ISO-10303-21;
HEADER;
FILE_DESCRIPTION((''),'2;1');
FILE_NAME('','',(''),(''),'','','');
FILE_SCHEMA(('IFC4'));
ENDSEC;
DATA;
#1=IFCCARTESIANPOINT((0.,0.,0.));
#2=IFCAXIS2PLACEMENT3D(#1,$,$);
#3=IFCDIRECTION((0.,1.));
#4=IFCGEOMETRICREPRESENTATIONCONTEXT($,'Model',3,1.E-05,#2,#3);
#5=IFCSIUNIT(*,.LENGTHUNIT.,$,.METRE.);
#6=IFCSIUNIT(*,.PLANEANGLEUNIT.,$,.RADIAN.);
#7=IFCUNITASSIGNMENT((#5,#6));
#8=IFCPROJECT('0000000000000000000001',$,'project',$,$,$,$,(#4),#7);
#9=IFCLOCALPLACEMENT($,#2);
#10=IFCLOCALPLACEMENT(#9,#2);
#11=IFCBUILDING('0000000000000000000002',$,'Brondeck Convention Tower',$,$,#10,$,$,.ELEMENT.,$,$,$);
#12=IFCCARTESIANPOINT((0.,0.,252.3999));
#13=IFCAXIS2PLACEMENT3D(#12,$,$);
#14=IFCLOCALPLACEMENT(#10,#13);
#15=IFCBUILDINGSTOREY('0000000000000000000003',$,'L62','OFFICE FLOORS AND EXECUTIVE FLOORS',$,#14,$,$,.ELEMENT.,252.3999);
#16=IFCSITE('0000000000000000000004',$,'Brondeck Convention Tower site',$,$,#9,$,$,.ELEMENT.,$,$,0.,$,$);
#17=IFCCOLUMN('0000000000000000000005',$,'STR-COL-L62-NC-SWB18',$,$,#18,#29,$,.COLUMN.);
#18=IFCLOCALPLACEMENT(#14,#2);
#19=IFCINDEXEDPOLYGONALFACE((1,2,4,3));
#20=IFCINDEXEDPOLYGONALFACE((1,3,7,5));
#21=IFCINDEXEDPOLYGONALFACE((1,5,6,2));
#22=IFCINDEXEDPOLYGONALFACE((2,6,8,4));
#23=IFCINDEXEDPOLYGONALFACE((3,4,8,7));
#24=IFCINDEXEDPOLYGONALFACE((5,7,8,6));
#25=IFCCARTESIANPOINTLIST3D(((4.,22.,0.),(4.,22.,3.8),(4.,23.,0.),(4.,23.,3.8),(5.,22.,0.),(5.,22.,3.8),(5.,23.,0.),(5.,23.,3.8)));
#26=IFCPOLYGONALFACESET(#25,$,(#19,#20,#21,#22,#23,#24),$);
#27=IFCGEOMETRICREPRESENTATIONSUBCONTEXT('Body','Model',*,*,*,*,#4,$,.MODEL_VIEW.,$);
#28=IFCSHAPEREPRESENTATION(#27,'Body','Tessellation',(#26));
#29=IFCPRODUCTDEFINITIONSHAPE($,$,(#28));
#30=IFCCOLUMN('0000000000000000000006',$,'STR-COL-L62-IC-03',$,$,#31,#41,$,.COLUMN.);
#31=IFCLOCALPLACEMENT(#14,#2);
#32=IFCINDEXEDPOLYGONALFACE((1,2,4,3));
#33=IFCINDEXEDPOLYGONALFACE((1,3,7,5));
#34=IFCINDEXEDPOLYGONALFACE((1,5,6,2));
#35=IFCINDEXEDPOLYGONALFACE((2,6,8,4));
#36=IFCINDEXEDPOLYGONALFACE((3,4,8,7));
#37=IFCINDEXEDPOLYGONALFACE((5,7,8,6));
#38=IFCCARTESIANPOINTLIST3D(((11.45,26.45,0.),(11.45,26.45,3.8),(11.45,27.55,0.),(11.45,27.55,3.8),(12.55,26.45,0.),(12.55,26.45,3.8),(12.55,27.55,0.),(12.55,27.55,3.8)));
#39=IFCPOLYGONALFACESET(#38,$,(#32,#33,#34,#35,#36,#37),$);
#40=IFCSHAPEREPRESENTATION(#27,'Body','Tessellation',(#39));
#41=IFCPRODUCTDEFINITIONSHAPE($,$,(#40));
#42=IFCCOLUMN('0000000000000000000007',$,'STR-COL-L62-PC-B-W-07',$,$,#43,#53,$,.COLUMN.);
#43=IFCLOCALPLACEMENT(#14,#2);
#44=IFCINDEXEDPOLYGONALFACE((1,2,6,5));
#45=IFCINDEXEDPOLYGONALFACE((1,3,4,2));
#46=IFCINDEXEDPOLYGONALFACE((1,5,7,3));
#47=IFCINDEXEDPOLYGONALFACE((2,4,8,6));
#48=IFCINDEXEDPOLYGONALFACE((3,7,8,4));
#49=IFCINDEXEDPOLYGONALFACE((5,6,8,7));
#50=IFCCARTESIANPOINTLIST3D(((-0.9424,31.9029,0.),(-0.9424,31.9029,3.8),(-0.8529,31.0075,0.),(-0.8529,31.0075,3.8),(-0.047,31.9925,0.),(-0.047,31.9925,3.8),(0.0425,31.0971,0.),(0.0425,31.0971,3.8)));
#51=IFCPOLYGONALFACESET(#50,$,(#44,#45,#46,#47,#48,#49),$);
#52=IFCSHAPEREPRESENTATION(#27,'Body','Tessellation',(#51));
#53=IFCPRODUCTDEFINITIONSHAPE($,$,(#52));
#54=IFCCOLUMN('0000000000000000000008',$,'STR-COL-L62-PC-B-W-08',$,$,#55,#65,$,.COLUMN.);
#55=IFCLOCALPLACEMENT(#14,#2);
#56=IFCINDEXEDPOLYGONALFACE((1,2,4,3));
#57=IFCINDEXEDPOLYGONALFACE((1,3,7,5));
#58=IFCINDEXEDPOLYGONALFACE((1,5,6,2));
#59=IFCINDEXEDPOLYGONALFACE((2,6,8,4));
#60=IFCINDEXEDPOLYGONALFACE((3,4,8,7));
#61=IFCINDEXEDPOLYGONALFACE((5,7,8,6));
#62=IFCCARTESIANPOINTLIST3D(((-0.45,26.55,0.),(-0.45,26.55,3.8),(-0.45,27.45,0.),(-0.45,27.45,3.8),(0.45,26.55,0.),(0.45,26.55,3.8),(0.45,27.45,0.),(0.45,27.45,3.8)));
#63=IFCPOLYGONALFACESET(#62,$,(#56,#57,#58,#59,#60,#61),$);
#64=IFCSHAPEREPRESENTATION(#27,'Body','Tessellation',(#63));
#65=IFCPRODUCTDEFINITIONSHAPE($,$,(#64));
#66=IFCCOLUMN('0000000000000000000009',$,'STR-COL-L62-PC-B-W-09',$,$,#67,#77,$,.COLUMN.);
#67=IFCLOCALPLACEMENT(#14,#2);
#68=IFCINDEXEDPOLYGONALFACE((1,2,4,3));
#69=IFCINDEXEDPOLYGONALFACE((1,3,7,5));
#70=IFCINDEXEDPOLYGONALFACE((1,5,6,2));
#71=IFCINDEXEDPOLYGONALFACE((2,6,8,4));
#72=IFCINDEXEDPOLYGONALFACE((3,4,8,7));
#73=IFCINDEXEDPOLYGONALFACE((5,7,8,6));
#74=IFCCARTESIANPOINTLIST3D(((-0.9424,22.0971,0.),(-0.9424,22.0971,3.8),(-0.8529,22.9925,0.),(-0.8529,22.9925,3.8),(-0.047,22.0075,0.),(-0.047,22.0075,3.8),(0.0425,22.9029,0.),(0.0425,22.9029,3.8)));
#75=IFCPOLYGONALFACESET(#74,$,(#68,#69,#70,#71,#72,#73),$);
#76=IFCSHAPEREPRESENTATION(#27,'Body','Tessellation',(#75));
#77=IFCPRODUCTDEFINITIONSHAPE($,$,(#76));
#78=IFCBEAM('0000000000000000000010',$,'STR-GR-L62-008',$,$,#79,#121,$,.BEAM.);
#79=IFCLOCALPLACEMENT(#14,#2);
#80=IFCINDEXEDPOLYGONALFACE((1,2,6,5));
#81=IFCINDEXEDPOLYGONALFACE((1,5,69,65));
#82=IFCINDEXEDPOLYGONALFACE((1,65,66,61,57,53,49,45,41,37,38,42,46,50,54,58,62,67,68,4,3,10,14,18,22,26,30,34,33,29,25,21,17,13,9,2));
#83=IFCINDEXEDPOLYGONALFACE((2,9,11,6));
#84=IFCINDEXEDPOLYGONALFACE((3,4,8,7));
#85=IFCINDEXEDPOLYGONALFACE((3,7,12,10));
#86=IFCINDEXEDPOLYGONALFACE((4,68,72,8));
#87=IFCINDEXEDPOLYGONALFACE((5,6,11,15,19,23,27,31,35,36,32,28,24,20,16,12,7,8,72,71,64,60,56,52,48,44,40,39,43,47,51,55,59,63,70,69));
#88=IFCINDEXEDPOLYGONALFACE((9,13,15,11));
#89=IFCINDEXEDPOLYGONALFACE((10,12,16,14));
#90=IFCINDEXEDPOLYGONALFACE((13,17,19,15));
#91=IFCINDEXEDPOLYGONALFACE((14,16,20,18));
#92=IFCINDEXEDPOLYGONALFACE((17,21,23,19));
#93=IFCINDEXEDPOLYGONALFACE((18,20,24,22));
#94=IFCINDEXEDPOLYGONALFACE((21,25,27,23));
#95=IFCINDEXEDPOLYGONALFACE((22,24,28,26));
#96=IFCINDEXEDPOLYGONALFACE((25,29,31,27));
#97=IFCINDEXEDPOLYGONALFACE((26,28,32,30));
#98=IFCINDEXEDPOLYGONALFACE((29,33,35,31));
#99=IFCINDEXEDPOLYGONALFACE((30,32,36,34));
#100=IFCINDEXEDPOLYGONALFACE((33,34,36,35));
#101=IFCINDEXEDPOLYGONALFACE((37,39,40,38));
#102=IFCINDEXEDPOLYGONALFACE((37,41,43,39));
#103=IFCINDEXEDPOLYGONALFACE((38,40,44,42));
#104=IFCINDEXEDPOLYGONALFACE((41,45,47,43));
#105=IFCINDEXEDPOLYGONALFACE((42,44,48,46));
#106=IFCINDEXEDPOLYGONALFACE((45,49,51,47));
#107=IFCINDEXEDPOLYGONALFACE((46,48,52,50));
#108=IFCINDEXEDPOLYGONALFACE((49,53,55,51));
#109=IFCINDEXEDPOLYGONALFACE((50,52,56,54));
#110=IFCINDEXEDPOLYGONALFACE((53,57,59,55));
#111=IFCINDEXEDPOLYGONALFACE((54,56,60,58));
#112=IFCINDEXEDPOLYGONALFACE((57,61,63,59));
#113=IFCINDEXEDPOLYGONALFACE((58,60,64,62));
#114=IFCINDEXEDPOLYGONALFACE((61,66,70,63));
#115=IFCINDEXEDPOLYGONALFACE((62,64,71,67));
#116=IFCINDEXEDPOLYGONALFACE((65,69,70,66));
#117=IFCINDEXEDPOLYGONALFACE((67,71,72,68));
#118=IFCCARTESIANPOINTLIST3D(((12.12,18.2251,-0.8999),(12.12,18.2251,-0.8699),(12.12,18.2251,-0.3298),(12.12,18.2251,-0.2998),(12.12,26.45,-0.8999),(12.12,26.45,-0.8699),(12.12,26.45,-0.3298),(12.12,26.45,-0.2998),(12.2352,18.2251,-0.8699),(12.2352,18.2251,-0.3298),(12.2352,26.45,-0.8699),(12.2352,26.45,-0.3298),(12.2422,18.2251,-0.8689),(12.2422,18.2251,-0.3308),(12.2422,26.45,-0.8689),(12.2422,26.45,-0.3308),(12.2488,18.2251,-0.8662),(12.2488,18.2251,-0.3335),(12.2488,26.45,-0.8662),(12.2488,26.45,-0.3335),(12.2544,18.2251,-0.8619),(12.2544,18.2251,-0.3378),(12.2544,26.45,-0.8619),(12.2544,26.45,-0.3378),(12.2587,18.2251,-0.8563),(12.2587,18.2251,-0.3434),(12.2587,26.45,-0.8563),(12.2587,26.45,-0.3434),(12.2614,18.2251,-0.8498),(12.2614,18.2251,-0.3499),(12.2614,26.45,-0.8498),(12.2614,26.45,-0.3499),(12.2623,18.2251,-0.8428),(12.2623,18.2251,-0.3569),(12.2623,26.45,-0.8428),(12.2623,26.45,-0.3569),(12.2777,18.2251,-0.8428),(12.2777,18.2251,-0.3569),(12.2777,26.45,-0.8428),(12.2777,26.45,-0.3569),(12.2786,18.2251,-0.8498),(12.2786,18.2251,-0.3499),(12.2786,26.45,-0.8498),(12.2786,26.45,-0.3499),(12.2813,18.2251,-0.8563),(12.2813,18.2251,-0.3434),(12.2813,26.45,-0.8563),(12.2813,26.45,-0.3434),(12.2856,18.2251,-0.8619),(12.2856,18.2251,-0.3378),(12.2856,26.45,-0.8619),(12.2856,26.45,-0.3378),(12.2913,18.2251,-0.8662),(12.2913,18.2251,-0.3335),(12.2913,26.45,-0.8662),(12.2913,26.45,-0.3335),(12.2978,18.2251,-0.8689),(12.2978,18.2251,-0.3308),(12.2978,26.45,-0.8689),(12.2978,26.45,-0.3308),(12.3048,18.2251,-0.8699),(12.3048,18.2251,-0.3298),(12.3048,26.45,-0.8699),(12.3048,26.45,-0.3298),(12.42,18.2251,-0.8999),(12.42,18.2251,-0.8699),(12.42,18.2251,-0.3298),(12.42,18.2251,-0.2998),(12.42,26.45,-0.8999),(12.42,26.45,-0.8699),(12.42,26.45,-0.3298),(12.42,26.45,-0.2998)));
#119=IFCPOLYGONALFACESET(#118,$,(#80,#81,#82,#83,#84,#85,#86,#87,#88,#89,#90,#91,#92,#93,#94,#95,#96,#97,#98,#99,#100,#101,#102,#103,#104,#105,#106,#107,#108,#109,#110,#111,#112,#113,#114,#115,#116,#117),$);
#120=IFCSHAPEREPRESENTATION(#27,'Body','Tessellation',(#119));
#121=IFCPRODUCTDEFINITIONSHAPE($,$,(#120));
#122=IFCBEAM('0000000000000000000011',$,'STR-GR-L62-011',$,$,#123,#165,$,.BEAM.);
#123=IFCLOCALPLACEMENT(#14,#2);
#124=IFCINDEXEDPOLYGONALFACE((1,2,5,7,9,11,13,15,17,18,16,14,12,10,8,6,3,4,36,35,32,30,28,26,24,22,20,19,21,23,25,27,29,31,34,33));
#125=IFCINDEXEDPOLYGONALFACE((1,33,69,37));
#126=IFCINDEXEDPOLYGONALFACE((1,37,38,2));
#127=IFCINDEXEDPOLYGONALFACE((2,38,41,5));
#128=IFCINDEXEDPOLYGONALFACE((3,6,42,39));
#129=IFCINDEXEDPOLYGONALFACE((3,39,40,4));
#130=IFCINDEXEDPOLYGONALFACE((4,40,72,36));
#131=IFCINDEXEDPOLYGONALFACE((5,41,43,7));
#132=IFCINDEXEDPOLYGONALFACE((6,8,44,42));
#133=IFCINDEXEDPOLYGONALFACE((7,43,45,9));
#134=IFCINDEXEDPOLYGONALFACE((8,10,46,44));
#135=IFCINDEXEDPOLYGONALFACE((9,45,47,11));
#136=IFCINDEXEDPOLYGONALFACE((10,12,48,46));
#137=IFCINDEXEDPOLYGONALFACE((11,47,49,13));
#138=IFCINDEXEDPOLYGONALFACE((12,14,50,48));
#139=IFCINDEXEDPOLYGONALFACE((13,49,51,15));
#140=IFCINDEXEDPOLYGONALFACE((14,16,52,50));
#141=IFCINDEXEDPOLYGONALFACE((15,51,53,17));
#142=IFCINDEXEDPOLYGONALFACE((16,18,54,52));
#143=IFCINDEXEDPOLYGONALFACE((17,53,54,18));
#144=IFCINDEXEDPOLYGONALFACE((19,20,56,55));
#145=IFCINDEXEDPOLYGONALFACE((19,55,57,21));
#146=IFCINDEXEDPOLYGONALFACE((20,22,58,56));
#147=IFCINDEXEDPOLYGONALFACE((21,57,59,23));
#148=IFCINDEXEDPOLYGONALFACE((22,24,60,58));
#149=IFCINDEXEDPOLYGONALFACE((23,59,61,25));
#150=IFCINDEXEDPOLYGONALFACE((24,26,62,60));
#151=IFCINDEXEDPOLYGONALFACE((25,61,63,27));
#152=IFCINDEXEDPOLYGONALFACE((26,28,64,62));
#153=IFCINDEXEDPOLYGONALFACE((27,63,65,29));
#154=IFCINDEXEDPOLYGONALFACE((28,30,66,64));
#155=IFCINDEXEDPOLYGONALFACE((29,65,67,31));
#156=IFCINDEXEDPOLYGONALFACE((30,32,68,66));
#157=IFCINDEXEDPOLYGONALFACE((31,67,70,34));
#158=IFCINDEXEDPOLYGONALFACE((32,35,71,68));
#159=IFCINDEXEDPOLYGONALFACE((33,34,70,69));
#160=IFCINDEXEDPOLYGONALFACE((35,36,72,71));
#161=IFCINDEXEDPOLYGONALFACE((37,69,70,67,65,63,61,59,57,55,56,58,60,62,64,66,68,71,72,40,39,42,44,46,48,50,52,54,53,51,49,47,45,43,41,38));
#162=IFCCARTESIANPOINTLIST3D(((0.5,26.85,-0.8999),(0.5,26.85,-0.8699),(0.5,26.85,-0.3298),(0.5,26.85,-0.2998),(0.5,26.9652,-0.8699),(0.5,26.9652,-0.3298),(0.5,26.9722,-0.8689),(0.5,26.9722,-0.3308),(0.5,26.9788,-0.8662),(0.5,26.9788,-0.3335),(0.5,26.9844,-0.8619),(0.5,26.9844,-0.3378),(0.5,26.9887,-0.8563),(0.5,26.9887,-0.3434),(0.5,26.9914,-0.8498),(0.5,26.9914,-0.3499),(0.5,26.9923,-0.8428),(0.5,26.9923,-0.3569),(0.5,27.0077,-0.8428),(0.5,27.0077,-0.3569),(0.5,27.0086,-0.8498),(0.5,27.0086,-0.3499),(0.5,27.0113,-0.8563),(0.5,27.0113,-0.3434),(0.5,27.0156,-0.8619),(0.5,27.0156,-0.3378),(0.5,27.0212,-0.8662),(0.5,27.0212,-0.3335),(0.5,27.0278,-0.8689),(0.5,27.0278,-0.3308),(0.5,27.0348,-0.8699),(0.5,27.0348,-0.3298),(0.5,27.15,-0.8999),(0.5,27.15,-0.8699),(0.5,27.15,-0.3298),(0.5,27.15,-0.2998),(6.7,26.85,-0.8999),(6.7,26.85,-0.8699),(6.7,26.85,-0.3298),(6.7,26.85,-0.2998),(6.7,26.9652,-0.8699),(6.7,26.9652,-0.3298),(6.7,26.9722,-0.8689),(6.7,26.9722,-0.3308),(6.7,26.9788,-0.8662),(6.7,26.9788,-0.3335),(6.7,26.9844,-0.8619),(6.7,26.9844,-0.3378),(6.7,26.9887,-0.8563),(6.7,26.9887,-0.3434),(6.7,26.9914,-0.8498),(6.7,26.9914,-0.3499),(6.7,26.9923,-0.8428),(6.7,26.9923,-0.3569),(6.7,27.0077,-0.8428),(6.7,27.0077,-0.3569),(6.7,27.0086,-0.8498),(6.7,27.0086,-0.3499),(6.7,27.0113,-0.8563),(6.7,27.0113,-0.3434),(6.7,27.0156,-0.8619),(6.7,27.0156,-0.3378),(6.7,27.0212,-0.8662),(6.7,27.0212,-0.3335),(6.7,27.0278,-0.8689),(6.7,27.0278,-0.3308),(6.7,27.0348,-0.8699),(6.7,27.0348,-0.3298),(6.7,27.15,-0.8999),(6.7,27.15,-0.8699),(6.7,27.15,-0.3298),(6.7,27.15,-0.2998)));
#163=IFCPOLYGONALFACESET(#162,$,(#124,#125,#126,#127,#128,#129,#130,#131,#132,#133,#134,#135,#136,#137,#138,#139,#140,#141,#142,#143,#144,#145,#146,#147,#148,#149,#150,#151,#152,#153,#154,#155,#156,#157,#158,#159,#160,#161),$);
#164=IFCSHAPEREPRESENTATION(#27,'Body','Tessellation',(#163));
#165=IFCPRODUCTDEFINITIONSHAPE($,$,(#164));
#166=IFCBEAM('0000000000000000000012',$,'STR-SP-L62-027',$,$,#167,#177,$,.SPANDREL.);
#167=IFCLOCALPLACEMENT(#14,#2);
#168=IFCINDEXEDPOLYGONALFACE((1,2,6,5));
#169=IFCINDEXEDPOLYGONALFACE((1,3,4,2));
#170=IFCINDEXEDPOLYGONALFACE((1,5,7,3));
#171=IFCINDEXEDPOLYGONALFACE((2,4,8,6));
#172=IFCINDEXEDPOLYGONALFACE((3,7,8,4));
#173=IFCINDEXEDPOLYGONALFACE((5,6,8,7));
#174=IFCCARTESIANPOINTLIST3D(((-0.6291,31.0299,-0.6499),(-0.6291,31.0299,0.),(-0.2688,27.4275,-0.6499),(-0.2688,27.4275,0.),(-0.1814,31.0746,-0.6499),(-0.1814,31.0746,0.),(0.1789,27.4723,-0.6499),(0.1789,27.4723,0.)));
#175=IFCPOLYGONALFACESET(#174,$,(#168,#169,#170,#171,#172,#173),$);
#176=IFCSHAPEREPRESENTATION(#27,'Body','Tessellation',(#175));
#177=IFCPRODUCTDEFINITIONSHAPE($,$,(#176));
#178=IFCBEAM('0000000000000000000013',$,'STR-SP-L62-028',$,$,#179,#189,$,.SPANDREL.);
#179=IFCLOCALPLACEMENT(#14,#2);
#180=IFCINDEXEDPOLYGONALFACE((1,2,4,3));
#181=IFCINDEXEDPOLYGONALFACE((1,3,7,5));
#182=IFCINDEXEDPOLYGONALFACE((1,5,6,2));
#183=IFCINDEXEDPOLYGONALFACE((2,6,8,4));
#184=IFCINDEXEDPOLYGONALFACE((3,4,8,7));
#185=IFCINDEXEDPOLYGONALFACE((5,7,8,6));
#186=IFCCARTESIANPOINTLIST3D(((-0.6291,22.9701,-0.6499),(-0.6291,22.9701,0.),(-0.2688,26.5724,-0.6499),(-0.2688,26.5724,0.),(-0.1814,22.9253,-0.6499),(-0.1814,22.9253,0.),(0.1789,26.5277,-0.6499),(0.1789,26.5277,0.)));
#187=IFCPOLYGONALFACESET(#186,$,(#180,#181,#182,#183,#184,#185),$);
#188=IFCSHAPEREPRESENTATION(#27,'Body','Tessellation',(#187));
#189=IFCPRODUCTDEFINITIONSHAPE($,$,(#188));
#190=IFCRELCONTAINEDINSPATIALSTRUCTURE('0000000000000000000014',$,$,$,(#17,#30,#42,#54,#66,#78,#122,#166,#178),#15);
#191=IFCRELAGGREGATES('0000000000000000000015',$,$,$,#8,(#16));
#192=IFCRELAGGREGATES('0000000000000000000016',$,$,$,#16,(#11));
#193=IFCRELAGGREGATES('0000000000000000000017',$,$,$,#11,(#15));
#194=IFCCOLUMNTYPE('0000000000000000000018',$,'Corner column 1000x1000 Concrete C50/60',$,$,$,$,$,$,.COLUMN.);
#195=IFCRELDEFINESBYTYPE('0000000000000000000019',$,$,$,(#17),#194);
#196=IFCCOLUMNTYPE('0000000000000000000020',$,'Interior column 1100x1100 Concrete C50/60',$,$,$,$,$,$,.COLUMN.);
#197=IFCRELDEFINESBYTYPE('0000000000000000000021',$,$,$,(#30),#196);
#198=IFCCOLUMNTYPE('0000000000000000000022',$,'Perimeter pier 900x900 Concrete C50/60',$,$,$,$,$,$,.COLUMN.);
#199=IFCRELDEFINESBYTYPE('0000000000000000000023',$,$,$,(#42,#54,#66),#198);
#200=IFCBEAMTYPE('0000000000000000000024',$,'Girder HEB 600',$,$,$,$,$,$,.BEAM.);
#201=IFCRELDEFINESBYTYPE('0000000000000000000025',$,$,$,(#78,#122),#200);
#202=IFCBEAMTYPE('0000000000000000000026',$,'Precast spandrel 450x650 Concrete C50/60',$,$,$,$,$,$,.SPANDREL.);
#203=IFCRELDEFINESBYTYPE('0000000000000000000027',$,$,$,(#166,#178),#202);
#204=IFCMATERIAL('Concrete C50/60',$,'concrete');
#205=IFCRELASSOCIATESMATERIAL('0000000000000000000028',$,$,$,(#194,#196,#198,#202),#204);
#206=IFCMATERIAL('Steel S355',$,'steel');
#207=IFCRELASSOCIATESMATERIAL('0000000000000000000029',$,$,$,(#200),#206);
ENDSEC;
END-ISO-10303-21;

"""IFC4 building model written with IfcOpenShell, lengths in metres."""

from ifc_helpers import new_model, si_unit, direction, frame, origin, origin_2d, place, context, subcontext, project, spatial, rectangle, i_section, extrude, material, material_profile, profile_set, type_object, element, save


model = new_model("IFC4")

# Units and contexts
model_context = context("Model", 3, precision=1e-05, world=origin(), true_north=direction((0.0, 1.0)))
body_context = subcontext(model_context, "Body", "Model", "MODEL_VIEW")
ifc_project = project(units=[si_unit("LENGTHUNIT", "METRE"), si_unit("PLANEANGLEUNIT", "RADIAN")], contexts=[model_context])

# Site, building, storey
site_placement = place(None, origin())
site = spatial("IfcSite", under=ifc_project, at=site_placement, Name="Brondeck Convention Tower site", CompositionType="ELEMENT", RefElevation=0.0)
building_placement = place(site_placement, origin())
building = spatial("IfcBuilding", under=site, at=building_placement, Name="Brondeck Convention Tower", CompositionType="ELEMENT")
storey_placement = place(building_placement, frame((0.0, 0.0, 252.3999)))
storey = spatial("IfcBuildingStorey", under=building, at=storey_placement, Name="L62", Description="OFFICE FLOORS AND EXECUTIVE FLOORS", CompositionType="ELEMENT", Elevation=252.3999)

# Columns
ifc_material_1 = material(Name="Concrete C50/60", Category="concrete")
ifc_material_profile_1 = material_profile(ifc_material_1, rectangle(XDim=1.0, YDim=1.0, at=origin_2d()), Name="Corner column 1000x1000 Concrete C50/60")
ifc_profile_set_1 = profile_set([ifc_material_profile_1], Name="Concrete C50/60")
column_type_1 = type_object("IfcColumnType", Name="Corner column 1000x1000 Concrete C50/60", PredefinedType="COLUMN", material=ifc_profile_set_1)
column_1_placement = place(storey_placement, frame((4.5, 22.5, 0.0), z_axis=(0.0, 0.0, 1.0), x_axis=(1.0, 0.0, 0.0)))
element("IfcColumn", 1, at=column_1_placement, inside=storey, type_object=column_type_1, Name="STR-COL-L62-NC-SWB18", PredefinedType="COLUMN", context=body_context, shape_type="SweptSolid", body=[
    extrude(rectangle(XDim=1.0, YDim=1.0, at=origin_2d()), origin(), (0.0, 0.0, 1.0), 3.8),
])
ifc_material_profile_2 = material_profile(ifc_material_1, rectangle(XDim=1.1001, YDim=1.1001, at=origin_2d()), Name="Interior column 1100x1100 Concrete C50/60")
ifc_profile_set_2 = profile_set([ifc_material_profile_2], Name="Concrete C50/60")
column_type_2 = type_object("IfcColumnType", Name="Interior column 1100x1100 Concrete C50/60", PredefinedType="COLUMN", material=ifc_profile_set_2)
column_2_placement = place(storey_placement, frame((12.0, 27.0, 0.0), z_axis=(0.0, 0.0, 1.0), x_axis=(1.0, 0.0, 0.0)))
element("IfcColumn", 2, at=column_2_placement, inside=storey, type_object=column_type_2, Name="STR-COL-L62-IC-03", PredefinedType="COLUMN", context=body_context, shape_type="SweptSolid", body=[
    extrude(rectangle(XDim=1.1001, YDim=1.1001, at=origin_2d()), origin(), (0.0, 0.0, 1.0), 3.8),
])
ifc_material_profile_3 = material_profile(ifc_material_1, rectangle(XDim=0.8999, YDim=0.8999, at=origin_2d()), Name="Perimeter pier 900x900 Concrete C50/60")
ifc_profile_set_3 = profile_set([ifc_material_profile_3], Name="Concrete C50/60")
column_type_3 = type_object("IfcColumnType", Name="Perimeter pier 900x900 Concrete C50/60", PredefinedType="COLUMN", material=ifc_profile_set_3)
for number, where, z_axis, x_axis, name in (
    (3, (-0.45, 31.5, 0.0), (0.0, 0.0, 1.0), (0.099504, -0.995037, 0.0), "STR-COL-L62-PC-B-W-07"),
    (4, (0.0, 27.0, 0.0), (0.0, 0.0, 1.0), (0.0, -1.0, 0.0), "STR-COL-L62-PC-B-W-08"),
    (5, (-0.45, 22.5, 0.0), (0.0, 0.0, 1.0), (-0.099504, -0.995037, 0.0), "STR-COL-L62-PC-B-W-09"),
):
    element("IfcColumn", number, at=place(storey_placement, frame(where, z_axis=z_axis, x_axis=x_axis)), inside=storey, type_object=column_type_3, Name=name, PredefinedType="COLUMN", context=body_context, shape_type="SweptSolid", body=[
        extrude(rectangle(XDim=0.8999, YDim=0.8999, at=origin_2d()), origin(), (0.0, 0.0, 1.0), 3.8),
    ])

# Beams
ifc_material_2 = material(Name="Steel S355", Category="steel")
ifc_material_profile_4 = material_profile(ifc_material_2, i_section(OverallWidth=0.3, OverallDepth=0.6001, WebThickness=0.0154, FlangeThickness=0.03, FilletRadius=0.0271, at=origin_2d()), Name="HEB 600")
ifc_profile_set_4 = profile_set([ifc_material_profile_4], Name="Steel S355")
beam_type_1 = type_object("IfcBeamType", Name="Girder HEB 600", PredefinedType="BEAM", material=ifc_profile_set_4)
beam_1_placement = place(storey_placement, frame((12.27, 26.45, -0.5999), z_axis=(0.0, -1.0, 0.0), x_axis=(1.0, 0.0, 0.0)))
element("IfcBeam", 6, at=beam_1_placement, inside=storey, type_object=beam_type_1, Name="STR-GR-L62-008", PredefinedType="BEAM", context=body_context, shape_type="SweptSolid", body=[
    extrude(i_section(OverallWidth=0.3, OverallDepth=0.6001, WebThickness=0.0154, FlangeThickness=0.03, FilletRadius=0.0271, at=origin_2d()), origin(), (0.0, 0.0, 1.0), 8.2249),
])
beam_2_placement = place(storey_placement, frame((0.5, 27.0, -0.5999), z_axis=(1.0, 0.0, 0.0), x_axis=(0.0, 1.0, 0.0)))
element("IfcBeam", 7, at=beam_2_placement, inside=storey, type_object=beam_type_1, Name="STR-GR-L62-011", PredefinedType="BEAM", context=body_context, shape_type="SweptSolid", body=[
    extrude(i_section(OverallWidth=0.3, OverallDepth=0.6001, WebThickness=0.0154, FlangeThickness=0.03, FilletRadius=0.0271, at=origin_2d()), origin(), (0.0, 0.0, 1.0), 6.2),
])
ifc_material_profile_5 = material_profile(ifc_material_1, rectangle(XDim=0.45, YDim=0.6499, at=origin_2d()), Name="Precast spandrel 450x650 Concrete C50/60")
ifc_profile_set_5 = profile_set([ifc_material_profile_5], Name="Concrete C50/60")
beam_type_2 = type_object("IfcBeamType", Name="Precast spandrel 450x650 Concrete C50/60", PredefinedType="SPANDREL", material=ifc_profile_set_5)
for number, where, z_axis, x_axis, name in (
    (8, (-0.4053, 31.0522, -0.325), (0.099537, -0.995034, 0.0), (0.995034, 0.099537, 0.0), "STR-SP-L62-027"),
    (9, (-0.0449, 26.55, -0.325), (-0.099537, -0.995034, 0.0), (0.995034, -0.099537, 0.0), "STR-SP-L62-028"),
):
    element("IfcBeam", number, at=place(storey_placement, frame(where, z_axis=z_axis, x_axis=x_axis)), inside=storey, type_object=beam_type_2, Name=name, PredefinedType="SPANDREL", context=body_context, shape_type="SweptSolid", body=[
        extrude(rectangle(XDim=0.45, YDim=0.6499, at=origin_2d()), origin(), (0.0, 0.0, 1.0), 3.6204),
    ])

save(model, "model.ifc")
